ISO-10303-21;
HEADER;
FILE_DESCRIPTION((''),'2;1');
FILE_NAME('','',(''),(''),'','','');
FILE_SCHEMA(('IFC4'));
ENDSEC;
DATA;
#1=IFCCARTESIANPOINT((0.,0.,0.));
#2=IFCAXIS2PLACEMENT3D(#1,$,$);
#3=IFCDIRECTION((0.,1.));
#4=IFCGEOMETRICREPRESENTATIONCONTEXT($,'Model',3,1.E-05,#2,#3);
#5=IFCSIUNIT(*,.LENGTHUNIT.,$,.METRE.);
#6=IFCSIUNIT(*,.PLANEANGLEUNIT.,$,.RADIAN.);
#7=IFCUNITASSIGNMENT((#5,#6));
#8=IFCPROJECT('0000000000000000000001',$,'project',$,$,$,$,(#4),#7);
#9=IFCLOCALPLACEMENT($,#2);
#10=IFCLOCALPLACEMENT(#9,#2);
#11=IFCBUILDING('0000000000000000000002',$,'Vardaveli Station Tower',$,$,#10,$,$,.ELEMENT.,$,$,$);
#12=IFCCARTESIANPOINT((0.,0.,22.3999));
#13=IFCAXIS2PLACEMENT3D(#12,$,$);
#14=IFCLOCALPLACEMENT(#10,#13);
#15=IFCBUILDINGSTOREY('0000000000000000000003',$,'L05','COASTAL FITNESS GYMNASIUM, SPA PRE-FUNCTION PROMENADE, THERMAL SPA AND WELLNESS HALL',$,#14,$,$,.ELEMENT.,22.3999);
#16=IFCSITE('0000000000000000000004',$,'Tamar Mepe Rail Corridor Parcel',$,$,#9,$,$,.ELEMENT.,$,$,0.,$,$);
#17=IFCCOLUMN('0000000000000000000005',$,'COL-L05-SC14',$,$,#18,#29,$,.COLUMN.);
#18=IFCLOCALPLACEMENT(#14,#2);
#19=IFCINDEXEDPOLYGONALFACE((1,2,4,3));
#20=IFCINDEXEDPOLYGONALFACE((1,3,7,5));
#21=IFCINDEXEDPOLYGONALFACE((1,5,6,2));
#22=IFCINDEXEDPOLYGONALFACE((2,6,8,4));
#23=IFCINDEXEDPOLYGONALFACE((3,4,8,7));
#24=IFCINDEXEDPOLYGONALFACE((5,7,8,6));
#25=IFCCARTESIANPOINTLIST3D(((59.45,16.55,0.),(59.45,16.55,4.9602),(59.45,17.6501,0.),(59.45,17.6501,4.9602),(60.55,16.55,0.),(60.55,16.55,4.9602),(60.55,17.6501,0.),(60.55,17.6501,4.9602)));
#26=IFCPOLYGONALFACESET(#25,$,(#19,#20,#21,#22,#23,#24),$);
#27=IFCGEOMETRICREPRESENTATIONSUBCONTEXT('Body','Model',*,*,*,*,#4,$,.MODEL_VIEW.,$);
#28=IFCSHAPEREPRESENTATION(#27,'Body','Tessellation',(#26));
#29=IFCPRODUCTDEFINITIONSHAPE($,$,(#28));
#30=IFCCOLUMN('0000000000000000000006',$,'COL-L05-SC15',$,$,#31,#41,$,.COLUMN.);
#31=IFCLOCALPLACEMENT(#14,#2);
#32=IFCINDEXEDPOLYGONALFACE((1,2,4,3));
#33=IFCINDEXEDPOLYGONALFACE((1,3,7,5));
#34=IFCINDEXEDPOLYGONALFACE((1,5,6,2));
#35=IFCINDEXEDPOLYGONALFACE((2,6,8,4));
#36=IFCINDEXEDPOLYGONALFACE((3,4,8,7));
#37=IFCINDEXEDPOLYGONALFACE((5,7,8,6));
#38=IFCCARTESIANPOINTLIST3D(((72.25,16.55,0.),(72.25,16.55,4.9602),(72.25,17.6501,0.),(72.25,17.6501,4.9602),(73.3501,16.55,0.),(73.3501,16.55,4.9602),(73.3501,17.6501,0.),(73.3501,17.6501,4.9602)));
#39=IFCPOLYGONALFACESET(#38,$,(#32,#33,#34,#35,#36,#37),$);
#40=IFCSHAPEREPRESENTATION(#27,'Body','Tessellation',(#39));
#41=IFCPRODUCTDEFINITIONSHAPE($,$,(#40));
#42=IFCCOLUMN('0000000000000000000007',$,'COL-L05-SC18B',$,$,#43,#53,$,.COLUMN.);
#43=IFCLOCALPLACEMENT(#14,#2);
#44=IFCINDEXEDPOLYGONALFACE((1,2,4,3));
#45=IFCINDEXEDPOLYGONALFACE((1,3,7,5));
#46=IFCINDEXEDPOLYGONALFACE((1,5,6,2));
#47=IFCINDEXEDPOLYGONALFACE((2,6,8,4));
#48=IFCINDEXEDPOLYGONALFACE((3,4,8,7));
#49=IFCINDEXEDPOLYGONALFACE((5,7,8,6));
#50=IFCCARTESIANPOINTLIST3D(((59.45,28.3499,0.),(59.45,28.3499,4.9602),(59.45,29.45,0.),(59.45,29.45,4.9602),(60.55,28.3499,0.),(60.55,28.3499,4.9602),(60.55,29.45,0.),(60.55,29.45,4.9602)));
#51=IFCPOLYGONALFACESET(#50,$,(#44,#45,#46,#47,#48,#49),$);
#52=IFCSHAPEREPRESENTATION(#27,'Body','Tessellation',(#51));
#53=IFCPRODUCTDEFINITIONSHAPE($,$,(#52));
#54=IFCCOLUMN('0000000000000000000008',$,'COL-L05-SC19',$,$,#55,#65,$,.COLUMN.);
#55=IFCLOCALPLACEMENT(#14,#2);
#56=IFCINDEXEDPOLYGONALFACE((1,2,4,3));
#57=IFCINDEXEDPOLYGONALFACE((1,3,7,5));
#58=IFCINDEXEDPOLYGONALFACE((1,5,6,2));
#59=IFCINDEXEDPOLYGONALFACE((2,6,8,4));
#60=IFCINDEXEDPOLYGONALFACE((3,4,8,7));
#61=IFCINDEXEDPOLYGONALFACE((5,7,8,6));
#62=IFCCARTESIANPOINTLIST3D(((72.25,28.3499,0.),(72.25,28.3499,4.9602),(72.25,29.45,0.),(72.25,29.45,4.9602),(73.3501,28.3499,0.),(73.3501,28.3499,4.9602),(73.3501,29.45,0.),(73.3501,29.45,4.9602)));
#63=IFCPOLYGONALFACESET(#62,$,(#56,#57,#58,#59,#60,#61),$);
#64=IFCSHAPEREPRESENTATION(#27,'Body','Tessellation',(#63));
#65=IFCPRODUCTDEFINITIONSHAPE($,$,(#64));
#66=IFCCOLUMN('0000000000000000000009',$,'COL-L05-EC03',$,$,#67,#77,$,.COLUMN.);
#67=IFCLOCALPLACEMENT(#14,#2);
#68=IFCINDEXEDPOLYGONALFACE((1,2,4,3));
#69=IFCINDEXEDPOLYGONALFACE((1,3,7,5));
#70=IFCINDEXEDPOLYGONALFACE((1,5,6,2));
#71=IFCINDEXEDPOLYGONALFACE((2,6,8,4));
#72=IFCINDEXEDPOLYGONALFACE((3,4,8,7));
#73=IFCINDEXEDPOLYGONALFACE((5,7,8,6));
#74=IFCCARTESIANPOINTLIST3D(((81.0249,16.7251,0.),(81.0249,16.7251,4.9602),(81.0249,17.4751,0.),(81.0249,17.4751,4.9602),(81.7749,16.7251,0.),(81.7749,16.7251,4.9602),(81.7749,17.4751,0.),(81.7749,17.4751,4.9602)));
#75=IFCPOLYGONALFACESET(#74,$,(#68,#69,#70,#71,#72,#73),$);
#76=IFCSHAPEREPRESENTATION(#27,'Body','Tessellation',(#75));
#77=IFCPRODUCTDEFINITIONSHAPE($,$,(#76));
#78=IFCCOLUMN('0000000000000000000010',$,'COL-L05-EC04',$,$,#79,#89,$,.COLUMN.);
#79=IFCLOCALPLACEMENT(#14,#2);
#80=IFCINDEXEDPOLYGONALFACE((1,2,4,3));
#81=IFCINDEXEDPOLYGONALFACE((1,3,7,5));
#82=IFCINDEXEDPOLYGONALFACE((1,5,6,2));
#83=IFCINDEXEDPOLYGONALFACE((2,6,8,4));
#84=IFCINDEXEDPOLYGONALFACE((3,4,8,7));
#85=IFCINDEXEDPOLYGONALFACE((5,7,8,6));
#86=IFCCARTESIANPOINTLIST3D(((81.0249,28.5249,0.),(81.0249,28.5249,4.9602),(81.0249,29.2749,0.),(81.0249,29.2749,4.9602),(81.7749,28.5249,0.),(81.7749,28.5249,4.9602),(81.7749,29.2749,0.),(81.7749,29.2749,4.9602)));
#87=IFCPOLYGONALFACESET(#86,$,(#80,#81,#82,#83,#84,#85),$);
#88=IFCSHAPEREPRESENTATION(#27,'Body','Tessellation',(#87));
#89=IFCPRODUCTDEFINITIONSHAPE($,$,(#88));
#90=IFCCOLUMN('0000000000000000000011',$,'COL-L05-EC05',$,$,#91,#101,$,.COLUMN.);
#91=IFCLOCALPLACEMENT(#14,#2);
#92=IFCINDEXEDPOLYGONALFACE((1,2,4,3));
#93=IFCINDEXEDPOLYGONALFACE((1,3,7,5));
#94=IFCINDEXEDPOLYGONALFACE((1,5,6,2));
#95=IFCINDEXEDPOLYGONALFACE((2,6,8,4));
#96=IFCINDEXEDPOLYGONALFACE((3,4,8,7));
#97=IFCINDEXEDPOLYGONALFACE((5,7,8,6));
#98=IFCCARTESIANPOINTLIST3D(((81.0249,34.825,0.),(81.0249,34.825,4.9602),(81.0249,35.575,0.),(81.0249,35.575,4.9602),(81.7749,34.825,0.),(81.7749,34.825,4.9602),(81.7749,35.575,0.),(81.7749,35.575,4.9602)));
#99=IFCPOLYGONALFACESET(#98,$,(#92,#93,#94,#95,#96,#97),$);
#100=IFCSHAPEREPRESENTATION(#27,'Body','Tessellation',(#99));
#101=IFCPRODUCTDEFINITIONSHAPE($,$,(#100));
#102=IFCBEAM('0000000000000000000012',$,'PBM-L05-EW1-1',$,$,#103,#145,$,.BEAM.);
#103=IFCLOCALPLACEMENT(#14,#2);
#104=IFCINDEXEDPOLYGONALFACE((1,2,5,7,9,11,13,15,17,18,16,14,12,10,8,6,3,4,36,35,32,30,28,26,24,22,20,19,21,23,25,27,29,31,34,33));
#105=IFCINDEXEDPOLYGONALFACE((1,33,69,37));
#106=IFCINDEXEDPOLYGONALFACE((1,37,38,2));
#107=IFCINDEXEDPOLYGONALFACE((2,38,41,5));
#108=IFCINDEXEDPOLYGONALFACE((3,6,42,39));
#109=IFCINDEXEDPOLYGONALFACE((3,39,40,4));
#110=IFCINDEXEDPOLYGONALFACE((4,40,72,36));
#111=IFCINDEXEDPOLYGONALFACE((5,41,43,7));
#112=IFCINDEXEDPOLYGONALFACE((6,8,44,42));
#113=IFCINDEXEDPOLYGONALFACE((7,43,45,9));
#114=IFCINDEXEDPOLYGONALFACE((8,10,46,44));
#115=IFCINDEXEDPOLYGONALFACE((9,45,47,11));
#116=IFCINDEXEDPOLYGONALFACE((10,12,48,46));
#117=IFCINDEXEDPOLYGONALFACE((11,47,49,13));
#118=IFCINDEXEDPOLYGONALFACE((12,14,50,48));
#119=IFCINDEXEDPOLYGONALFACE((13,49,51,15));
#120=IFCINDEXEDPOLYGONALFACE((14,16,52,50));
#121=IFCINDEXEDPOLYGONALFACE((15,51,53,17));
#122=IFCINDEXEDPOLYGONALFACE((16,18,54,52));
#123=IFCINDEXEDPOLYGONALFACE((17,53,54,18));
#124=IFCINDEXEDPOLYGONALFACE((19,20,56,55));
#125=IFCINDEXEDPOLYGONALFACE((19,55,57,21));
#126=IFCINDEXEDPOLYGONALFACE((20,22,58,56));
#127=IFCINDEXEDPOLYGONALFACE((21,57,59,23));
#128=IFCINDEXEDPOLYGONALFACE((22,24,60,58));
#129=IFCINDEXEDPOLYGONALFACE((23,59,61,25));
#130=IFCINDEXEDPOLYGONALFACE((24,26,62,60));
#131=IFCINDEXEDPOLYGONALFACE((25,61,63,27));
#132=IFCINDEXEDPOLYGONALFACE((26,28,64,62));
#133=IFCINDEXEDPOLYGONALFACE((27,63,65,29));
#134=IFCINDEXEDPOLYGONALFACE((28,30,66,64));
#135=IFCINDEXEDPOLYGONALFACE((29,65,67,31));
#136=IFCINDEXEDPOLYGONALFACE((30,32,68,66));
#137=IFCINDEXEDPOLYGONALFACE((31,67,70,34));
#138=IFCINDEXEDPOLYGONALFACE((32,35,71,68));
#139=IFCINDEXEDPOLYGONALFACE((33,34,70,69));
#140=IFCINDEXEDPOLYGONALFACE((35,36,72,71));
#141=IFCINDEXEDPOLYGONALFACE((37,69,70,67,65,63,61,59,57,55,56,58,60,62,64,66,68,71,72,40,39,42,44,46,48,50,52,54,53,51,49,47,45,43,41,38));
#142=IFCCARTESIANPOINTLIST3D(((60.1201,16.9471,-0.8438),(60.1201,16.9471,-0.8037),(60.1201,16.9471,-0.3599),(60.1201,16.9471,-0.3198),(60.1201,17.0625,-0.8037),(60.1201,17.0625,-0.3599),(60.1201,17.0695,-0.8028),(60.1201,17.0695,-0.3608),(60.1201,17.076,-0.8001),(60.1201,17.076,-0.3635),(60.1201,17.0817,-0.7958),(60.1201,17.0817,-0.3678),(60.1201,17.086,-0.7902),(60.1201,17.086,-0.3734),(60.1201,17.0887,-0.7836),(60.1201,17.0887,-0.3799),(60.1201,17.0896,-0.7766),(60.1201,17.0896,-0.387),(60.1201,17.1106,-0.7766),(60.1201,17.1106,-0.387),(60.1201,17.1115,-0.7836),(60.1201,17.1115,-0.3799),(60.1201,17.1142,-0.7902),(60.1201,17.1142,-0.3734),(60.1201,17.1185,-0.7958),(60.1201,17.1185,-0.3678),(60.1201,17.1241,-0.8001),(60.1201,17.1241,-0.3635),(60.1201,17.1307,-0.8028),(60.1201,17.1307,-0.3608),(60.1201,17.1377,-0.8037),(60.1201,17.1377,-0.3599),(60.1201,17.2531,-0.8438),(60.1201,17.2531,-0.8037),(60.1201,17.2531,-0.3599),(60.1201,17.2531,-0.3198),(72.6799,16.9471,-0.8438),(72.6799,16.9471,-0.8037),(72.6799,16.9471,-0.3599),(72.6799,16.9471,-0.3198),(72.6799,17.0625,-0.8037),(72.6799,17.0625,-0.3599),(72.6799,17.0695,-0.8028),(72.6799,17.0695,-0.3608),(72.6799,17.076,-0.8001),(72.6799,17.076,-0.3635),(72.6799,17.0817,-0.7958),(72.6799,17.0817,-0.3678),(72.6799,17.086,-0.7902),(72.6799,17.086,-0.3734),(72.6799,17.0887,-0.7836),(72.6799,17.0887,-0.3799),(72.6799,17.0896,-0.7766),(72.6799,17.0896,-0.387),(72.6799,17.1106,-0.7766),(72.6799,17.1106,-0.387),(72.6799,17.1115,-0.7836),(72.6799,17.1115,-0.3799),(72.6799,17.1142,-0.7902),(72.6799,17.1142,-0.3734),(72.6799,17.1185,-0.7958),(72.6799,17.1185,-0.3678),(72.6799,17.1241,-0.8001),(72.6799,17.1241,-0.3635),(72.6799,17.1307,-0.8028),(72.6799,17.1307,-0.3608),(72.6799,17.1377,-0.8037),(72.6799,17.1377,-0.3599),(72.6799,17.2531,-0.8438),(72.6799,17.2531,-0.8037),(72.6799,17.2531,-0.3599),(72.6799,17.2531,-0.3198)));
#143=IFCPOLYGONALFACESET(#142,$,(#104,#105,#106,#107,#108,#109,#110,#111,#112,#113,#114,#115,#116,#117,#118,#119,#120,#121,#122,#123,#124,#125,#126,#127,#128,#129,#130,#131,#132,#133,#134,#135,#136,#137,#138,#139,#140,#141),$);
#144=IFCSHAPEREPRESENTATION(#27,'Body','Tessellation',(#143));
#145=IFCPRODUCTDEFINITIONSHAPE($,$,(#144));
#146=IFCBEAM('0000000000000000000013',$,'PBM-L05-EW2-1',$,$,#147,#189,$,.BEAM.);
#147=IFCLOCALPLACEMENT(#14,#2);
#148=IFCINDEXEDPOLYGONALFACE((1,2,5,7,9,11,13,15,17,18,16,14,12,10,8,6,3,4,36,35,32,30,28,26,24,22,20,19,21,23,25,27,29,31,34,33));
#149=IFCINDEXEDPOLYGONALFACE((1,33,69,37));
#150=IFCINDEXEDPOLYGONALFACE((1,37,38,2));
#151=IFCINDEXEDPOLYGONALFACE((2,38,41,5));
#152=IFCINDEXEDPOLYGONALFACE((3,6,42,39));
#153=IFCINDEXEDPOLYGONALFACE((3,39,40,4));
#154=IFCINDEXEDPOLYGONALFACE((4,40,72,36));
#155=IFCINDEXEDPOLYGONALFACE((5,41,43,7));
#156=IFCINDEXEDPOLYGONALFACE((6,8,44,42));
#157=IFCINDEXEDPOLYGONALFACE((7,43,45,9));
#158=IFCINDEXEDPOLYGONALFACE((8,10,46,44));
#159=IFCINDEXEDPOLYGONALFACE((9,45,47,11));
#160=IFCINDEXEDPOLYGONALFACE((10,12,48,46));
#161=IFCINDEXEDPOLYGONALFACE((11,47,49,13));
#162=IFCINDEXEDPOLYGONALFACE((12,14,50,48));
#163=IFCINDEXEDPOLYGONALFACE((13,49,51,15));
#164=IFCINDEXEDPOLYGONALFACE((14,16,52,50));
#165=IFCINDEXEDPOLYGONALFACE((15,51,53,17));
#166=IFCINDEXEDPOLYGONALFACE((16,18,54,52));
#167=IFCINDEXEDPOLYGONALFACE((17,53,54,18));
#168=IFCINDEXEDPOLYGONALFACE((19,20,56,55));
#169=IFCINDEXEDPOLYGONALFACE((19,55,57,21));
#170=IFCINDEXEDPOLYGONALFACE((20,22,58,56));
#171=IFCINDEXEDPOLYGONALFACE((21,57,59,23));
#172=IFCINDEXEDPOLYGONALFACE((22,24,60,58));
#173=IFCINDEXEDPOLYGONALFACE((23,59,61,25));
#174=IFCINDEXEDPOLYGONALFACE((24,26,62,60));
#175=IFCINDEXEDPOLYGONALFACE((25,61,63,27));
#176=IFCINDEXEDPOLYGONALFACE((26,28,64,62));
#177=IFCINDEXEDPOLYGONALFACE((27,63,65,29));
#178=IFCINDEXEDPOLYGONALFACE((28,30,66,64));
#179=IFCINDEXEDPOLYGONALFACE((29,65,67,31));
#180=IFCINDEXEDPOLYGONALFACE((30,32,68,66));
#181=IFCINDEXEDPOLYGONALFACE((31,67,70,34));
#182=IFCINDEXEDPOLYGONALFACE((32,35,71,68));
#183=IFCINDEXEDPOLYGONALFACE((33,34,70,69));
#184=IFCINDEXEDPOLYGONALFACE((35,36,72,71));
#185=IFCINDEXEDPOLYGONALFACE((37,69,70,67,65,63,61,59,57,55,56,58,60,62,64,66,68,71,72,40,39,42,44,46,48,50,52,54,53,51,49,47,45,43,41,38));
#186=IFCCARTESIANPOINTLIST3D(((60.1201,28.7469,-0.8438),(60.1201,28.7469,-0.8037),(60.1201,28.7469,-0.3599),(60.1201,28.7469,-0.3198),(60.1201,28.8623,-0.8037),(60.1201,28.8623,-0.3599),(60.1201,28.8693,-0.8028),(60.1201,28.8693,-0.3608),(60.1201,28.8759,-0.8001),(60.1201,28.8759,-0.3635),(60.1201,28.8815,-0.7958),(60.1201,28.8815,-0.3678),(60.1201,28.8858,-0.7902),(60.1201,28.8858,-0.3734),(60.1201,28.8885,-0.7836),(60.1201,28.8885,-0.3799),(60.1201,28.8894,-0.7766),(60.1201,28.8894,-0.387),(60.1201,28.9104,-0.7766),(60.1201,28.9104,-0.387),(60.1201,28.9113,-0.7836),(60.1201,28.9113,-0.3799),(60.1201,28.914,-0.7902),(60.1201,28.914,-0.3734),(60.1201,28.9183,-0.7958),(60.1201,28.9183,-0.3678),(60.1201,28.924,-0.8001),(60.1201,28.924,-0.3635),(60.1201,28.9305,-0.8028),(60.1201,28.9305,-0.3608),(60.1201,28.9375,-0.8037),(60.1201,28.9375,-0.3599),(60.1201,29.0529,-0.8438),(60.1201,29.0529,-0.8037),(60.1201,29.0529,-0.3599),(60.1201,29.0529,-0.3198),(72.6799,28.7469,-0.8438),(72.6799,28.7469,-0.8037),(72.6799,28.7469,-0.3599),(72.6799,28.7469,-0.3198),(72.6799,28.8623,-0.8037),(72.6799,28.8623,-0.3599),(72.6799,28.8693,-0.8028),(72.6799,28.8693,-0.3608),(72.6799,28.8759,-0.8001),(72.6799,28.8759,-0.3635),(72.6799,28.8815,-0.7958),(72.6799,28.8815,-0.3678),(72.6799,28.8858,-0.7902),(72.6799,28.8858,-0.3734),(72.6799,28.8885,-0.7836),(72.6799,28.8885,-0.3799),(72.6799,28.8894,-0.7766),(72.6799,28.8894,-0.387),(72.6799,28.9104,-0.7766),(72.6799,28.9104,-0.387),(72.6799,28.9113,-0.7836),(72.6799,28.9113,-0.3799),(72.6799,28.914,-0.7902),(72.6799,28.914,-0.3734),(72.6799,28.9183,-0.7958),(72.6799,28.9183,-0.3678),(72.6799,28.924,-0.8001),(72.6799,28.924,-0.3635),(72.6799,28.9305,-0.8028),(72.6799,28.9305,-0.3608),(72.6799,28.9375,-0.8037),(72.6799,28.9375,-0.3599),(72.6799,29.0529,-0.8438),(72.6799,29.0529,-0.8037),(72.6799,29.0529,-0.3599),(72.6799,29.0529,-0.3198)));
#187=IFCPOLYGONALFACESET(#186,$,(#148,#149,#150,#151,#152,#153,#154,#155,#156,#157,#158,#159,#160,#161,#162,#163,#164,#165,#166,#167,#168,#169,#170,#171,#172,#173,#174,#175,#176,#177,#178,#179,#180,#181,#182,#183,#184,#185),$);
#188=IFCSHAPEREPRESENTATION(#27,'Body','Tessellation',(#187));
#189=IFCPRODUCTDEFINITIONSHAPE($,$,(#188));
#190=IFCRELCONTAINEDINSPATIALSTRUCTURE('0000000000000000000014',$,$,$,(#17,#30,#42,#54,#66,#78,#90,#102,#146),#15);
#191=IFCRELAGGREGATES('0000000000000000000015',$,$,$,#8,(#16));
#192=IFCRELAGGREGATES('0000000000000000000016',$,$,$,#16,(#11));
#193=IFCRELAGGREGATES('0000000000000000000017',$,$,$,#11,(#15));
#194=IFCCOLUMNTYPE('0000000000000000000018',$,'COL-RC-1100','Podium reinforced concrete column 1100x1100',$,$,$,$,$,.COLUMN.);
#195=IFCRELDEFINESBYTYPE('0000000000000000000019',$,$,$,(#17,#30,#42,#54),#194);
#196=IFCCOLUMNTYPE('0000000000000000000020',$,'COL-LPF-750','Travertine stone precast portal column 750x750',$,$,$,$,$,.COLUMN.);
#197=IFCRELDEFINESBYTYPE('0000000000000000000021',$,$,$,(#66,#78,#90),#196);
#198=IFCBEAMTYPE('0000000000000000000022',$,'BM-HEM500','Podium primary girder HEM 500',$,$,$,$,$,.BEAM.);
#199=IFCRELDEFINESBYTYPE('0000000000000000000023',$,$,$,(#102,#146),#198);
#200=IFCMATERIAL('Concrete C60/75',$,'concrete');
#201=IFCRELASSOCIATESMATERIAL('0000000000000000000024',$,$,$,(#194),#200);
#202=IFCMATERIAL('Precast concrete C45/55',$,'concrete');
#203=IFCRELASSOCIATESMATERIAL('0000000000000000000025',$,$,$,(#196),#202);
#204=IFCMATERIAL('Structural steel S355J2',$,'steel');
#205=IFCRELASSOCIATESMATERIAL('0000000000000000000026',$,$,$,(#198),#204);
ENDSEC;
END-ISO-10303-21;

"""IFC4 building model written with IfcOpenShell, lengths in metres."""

from ifc_helpers import new_model, si_unit, direction, frame, origin, origin_2d, place, context, subcontext, project, spatial, rectangle, i_section, extrude, source, transform, mapped, material, material_profile, profile_set, type_object, element, save


model = new_model("IFC4")

# Units and contexts
model_context = context("Model", 3, precision=1e-05, world=origin(), true_north=direction((0.0, 1.0)))
body_context = subcontext(model_context, "Body", "Model", "MODEL_VIEW")
ifc_project = project(units=[si_unit("LENGTHUNIT", "METRE"), si_unit("PLANEANGLEUNIT", "RADIAN")], contexts=[model_context])

# Site, building, storey
site_placement = place(None, origin())
site = spatial("IfcSite", under=ifc_project, at=site_placement, Name="Tamar Mepe Rail Corridor Parcel", CompositionType="ELEMENT", RefElevation=0.0)
building_placement = place(site_placement, origin())
building = spatial("IfcBuilding", under=site, at=building_placement, Name="Vardaveli Station Tower", CompositionType="ELEMENT")
storey_placement = place(building_placement, frame((0.0, 0.0, 22.3999)))
storey = spatial("IfcBuildingStorey", under=building, at=storey_placement, Name="L05", Description="COASTAL FITNESS GYMNASIUM, SPA PRE-FUNCTION PROMENADE, THERMAL SPA AND WELLNESS HALL", CompositionType="ELEMENT", Elevation=22.3999)

# Columns
ifc_material_1 = material(Name="Concrete C60/75", Category="concrete")
ifc_material_profile_1 = material_profile(ifc_material_1, rectangle(XDim=1.1001, YDim=1.1001, at=origin_2d()), Name="RC 1100x1100")
ifc_profile_set_1 = profile_set([ifc_material_profile_1], Name="Concrete C60/75")
column_type_1 = type_object("IfcColumnType", Name="COL-RC-1100", Description="Podium reinforced concrete column 1100x1100", PredefinedType="COLUMN", material=ifc_profile_set_1)
shared_shape_1 = source(origin(), body_context, "Body", "SweptSolid", [
    extrude(rectangle(XDim=1.1001, YDim=1.1001, at=origin_2d()), origin(), (0.0, 0.0, 1.0), 4.9602),
])
for number, where, z_axis, x_axis, name in (
    (1, (60.0, 17.1001, 0.0), (0.0, 0.0, 1.0), (1.0, 0.0, 0.0), "COL-L05-SC14"),
    (2, (72.8, 17.1001, 0.0), (0.0, 0.0, 1.0), (1.0, 0.0, 0.0), "COL-L05-SC15"),
    (3, (60.0, 28.8999, 0.0), (0.0, 0.0, 1.0), (1.0, 0.0, 0.0), "COL-L05-SC18B"),
    (4, (72.8, 28.8999, 0.0), (0.0, 0.0, 1.0), (1.0, 0.0, 0.0), "COL-L05-SC19"),
):
    element("IfcColumn", number, at=place(storey_placement, frame(where, z_axis=z_axis, x_axis=x_axis)), inside=storey, type_object=column_type_1, Name=name, PredefinedType="COLUMN", context=body_context, shape_type="MappedRepresentation", body=[
        mapped(shared_shape_1, transform((0.0, 0.0, 0.0), scale=1.0)),
    ])
ifc_material_2 = material(Name="Precast concrete C45/55", Category="concrete")
ifc_material_profile_2 = material_profile(ifc_material_2, rectangle(XDim=0.75, YDim=0.75, at=origin_2d()), Name="LPF 750x750")
ifc_profile_set_2 = profile_set([ifc_material_profile_2], Name="Precast concrete C45/55")
column_type_2 = type_object("IfcColumnType", Name="COL-LPF-750", Description="Travertine stone precast portal column 750x750", PredefinedType="COLUMN", material=ifc_profile_set_2)
shared_shape_2 = source(origin(), body_context, "Body", "SweptSolid", [
    extrude(rectangle(XDim=0.75, YDim=0.75, at=origin_2d()), origin(), (0.0, 0.0, 1.0), 4.9602),
])
for number, where, z_axis, x_axis, name in (
    (5, (81.3999, 17.1001, 0.0), (0.0, 0.0, 1.0), (1.0, 0.0, 0.0), "COL-L05-EC03"),
    (6, (81.3999, 28.8999, 0.0), (0.0, 0.0, 1.0), (1.0, 0.0, 0.0), "COL-L05-EC04"),
    (7, (81.3999, 35.2, 0.0), (0.0, 0.0, 1.0), (1.0, 0.0, 0.0), "COL-L05-EC05"),
):
    element("IfcColumn", number, at=place(storey_placement, frame(where, z_axis=z_axis, x_axis=x_axis)), inside=storey, type_object=column_type_2, Name=name, PredefinedType="COLUMN", context=body_context, shape_type="MappedRepresentation", body=[
        mapped(shared_shape_2, transform((0.0, 0.0, 0.0), scale=1.0)),
    ])

# Beams
ifc_material_3 = material(Name="Structural steel S355J2", Category="steel")
ifc_material_profile_3 = material_profile(ifc_material_3, i_section(OverallWidth=0.3059, OverallDepth=0.5239, WebThickness=0.021, FlangeThickness=0.04, FilletRadius=0.0271, at=origin_2d()), Name="HEM 500")
ifc_profile_set_3 = profile_set([ifc_material_profile_3], Name="Structural steel S355J2")
beam_type_1 = type_object("IfcBeamType", Name="BM-HEM500", Description="Podium primary girder HEM 500", PredefinedType="BEAM", material=ifc_profile_set_3)
shared_shape_3 = source(origin(), body_context, "Body", "SweptSolid", [
    extrude(i_section(OverallWidth=0.3059, OverallDepth=0.5239, WebThickness=0.021, FlangeThickness=0.04, FilletRadius=0.0271, at=origin_2d()), origin(), (0.0, 0.0, 1.0), 12.5598),
])
for number, where, z_axis, x_axis, name in (
    (8, (60.1201, 17.1001, -0.5818), (1.0, 0.0, 0.0), (0.0, 1.0, 0.0), "PBM-L05-EW1-1"),
    (9, (60.1201, 28.8999, -0.5818), (1.0, 0.0, 0.0), (0.0, 1.0, 0.0), "PBM-L05-EW2-1"),
):
    element("IfcBeam", number, at=place(storey_placement, frame(where, z_axis=z_axis, x_axis=x_axis)), inside=storey, type_object=beam_type_1, Name=name, PredefinedType="BEAM", context=body_context, shape_type="MappedRepresentation", body=[
        mapped(shared_shape_3, transform((0.0, 0.0, 0.0), scale=1.0)),
    ])

save(model, "model.ifc")
